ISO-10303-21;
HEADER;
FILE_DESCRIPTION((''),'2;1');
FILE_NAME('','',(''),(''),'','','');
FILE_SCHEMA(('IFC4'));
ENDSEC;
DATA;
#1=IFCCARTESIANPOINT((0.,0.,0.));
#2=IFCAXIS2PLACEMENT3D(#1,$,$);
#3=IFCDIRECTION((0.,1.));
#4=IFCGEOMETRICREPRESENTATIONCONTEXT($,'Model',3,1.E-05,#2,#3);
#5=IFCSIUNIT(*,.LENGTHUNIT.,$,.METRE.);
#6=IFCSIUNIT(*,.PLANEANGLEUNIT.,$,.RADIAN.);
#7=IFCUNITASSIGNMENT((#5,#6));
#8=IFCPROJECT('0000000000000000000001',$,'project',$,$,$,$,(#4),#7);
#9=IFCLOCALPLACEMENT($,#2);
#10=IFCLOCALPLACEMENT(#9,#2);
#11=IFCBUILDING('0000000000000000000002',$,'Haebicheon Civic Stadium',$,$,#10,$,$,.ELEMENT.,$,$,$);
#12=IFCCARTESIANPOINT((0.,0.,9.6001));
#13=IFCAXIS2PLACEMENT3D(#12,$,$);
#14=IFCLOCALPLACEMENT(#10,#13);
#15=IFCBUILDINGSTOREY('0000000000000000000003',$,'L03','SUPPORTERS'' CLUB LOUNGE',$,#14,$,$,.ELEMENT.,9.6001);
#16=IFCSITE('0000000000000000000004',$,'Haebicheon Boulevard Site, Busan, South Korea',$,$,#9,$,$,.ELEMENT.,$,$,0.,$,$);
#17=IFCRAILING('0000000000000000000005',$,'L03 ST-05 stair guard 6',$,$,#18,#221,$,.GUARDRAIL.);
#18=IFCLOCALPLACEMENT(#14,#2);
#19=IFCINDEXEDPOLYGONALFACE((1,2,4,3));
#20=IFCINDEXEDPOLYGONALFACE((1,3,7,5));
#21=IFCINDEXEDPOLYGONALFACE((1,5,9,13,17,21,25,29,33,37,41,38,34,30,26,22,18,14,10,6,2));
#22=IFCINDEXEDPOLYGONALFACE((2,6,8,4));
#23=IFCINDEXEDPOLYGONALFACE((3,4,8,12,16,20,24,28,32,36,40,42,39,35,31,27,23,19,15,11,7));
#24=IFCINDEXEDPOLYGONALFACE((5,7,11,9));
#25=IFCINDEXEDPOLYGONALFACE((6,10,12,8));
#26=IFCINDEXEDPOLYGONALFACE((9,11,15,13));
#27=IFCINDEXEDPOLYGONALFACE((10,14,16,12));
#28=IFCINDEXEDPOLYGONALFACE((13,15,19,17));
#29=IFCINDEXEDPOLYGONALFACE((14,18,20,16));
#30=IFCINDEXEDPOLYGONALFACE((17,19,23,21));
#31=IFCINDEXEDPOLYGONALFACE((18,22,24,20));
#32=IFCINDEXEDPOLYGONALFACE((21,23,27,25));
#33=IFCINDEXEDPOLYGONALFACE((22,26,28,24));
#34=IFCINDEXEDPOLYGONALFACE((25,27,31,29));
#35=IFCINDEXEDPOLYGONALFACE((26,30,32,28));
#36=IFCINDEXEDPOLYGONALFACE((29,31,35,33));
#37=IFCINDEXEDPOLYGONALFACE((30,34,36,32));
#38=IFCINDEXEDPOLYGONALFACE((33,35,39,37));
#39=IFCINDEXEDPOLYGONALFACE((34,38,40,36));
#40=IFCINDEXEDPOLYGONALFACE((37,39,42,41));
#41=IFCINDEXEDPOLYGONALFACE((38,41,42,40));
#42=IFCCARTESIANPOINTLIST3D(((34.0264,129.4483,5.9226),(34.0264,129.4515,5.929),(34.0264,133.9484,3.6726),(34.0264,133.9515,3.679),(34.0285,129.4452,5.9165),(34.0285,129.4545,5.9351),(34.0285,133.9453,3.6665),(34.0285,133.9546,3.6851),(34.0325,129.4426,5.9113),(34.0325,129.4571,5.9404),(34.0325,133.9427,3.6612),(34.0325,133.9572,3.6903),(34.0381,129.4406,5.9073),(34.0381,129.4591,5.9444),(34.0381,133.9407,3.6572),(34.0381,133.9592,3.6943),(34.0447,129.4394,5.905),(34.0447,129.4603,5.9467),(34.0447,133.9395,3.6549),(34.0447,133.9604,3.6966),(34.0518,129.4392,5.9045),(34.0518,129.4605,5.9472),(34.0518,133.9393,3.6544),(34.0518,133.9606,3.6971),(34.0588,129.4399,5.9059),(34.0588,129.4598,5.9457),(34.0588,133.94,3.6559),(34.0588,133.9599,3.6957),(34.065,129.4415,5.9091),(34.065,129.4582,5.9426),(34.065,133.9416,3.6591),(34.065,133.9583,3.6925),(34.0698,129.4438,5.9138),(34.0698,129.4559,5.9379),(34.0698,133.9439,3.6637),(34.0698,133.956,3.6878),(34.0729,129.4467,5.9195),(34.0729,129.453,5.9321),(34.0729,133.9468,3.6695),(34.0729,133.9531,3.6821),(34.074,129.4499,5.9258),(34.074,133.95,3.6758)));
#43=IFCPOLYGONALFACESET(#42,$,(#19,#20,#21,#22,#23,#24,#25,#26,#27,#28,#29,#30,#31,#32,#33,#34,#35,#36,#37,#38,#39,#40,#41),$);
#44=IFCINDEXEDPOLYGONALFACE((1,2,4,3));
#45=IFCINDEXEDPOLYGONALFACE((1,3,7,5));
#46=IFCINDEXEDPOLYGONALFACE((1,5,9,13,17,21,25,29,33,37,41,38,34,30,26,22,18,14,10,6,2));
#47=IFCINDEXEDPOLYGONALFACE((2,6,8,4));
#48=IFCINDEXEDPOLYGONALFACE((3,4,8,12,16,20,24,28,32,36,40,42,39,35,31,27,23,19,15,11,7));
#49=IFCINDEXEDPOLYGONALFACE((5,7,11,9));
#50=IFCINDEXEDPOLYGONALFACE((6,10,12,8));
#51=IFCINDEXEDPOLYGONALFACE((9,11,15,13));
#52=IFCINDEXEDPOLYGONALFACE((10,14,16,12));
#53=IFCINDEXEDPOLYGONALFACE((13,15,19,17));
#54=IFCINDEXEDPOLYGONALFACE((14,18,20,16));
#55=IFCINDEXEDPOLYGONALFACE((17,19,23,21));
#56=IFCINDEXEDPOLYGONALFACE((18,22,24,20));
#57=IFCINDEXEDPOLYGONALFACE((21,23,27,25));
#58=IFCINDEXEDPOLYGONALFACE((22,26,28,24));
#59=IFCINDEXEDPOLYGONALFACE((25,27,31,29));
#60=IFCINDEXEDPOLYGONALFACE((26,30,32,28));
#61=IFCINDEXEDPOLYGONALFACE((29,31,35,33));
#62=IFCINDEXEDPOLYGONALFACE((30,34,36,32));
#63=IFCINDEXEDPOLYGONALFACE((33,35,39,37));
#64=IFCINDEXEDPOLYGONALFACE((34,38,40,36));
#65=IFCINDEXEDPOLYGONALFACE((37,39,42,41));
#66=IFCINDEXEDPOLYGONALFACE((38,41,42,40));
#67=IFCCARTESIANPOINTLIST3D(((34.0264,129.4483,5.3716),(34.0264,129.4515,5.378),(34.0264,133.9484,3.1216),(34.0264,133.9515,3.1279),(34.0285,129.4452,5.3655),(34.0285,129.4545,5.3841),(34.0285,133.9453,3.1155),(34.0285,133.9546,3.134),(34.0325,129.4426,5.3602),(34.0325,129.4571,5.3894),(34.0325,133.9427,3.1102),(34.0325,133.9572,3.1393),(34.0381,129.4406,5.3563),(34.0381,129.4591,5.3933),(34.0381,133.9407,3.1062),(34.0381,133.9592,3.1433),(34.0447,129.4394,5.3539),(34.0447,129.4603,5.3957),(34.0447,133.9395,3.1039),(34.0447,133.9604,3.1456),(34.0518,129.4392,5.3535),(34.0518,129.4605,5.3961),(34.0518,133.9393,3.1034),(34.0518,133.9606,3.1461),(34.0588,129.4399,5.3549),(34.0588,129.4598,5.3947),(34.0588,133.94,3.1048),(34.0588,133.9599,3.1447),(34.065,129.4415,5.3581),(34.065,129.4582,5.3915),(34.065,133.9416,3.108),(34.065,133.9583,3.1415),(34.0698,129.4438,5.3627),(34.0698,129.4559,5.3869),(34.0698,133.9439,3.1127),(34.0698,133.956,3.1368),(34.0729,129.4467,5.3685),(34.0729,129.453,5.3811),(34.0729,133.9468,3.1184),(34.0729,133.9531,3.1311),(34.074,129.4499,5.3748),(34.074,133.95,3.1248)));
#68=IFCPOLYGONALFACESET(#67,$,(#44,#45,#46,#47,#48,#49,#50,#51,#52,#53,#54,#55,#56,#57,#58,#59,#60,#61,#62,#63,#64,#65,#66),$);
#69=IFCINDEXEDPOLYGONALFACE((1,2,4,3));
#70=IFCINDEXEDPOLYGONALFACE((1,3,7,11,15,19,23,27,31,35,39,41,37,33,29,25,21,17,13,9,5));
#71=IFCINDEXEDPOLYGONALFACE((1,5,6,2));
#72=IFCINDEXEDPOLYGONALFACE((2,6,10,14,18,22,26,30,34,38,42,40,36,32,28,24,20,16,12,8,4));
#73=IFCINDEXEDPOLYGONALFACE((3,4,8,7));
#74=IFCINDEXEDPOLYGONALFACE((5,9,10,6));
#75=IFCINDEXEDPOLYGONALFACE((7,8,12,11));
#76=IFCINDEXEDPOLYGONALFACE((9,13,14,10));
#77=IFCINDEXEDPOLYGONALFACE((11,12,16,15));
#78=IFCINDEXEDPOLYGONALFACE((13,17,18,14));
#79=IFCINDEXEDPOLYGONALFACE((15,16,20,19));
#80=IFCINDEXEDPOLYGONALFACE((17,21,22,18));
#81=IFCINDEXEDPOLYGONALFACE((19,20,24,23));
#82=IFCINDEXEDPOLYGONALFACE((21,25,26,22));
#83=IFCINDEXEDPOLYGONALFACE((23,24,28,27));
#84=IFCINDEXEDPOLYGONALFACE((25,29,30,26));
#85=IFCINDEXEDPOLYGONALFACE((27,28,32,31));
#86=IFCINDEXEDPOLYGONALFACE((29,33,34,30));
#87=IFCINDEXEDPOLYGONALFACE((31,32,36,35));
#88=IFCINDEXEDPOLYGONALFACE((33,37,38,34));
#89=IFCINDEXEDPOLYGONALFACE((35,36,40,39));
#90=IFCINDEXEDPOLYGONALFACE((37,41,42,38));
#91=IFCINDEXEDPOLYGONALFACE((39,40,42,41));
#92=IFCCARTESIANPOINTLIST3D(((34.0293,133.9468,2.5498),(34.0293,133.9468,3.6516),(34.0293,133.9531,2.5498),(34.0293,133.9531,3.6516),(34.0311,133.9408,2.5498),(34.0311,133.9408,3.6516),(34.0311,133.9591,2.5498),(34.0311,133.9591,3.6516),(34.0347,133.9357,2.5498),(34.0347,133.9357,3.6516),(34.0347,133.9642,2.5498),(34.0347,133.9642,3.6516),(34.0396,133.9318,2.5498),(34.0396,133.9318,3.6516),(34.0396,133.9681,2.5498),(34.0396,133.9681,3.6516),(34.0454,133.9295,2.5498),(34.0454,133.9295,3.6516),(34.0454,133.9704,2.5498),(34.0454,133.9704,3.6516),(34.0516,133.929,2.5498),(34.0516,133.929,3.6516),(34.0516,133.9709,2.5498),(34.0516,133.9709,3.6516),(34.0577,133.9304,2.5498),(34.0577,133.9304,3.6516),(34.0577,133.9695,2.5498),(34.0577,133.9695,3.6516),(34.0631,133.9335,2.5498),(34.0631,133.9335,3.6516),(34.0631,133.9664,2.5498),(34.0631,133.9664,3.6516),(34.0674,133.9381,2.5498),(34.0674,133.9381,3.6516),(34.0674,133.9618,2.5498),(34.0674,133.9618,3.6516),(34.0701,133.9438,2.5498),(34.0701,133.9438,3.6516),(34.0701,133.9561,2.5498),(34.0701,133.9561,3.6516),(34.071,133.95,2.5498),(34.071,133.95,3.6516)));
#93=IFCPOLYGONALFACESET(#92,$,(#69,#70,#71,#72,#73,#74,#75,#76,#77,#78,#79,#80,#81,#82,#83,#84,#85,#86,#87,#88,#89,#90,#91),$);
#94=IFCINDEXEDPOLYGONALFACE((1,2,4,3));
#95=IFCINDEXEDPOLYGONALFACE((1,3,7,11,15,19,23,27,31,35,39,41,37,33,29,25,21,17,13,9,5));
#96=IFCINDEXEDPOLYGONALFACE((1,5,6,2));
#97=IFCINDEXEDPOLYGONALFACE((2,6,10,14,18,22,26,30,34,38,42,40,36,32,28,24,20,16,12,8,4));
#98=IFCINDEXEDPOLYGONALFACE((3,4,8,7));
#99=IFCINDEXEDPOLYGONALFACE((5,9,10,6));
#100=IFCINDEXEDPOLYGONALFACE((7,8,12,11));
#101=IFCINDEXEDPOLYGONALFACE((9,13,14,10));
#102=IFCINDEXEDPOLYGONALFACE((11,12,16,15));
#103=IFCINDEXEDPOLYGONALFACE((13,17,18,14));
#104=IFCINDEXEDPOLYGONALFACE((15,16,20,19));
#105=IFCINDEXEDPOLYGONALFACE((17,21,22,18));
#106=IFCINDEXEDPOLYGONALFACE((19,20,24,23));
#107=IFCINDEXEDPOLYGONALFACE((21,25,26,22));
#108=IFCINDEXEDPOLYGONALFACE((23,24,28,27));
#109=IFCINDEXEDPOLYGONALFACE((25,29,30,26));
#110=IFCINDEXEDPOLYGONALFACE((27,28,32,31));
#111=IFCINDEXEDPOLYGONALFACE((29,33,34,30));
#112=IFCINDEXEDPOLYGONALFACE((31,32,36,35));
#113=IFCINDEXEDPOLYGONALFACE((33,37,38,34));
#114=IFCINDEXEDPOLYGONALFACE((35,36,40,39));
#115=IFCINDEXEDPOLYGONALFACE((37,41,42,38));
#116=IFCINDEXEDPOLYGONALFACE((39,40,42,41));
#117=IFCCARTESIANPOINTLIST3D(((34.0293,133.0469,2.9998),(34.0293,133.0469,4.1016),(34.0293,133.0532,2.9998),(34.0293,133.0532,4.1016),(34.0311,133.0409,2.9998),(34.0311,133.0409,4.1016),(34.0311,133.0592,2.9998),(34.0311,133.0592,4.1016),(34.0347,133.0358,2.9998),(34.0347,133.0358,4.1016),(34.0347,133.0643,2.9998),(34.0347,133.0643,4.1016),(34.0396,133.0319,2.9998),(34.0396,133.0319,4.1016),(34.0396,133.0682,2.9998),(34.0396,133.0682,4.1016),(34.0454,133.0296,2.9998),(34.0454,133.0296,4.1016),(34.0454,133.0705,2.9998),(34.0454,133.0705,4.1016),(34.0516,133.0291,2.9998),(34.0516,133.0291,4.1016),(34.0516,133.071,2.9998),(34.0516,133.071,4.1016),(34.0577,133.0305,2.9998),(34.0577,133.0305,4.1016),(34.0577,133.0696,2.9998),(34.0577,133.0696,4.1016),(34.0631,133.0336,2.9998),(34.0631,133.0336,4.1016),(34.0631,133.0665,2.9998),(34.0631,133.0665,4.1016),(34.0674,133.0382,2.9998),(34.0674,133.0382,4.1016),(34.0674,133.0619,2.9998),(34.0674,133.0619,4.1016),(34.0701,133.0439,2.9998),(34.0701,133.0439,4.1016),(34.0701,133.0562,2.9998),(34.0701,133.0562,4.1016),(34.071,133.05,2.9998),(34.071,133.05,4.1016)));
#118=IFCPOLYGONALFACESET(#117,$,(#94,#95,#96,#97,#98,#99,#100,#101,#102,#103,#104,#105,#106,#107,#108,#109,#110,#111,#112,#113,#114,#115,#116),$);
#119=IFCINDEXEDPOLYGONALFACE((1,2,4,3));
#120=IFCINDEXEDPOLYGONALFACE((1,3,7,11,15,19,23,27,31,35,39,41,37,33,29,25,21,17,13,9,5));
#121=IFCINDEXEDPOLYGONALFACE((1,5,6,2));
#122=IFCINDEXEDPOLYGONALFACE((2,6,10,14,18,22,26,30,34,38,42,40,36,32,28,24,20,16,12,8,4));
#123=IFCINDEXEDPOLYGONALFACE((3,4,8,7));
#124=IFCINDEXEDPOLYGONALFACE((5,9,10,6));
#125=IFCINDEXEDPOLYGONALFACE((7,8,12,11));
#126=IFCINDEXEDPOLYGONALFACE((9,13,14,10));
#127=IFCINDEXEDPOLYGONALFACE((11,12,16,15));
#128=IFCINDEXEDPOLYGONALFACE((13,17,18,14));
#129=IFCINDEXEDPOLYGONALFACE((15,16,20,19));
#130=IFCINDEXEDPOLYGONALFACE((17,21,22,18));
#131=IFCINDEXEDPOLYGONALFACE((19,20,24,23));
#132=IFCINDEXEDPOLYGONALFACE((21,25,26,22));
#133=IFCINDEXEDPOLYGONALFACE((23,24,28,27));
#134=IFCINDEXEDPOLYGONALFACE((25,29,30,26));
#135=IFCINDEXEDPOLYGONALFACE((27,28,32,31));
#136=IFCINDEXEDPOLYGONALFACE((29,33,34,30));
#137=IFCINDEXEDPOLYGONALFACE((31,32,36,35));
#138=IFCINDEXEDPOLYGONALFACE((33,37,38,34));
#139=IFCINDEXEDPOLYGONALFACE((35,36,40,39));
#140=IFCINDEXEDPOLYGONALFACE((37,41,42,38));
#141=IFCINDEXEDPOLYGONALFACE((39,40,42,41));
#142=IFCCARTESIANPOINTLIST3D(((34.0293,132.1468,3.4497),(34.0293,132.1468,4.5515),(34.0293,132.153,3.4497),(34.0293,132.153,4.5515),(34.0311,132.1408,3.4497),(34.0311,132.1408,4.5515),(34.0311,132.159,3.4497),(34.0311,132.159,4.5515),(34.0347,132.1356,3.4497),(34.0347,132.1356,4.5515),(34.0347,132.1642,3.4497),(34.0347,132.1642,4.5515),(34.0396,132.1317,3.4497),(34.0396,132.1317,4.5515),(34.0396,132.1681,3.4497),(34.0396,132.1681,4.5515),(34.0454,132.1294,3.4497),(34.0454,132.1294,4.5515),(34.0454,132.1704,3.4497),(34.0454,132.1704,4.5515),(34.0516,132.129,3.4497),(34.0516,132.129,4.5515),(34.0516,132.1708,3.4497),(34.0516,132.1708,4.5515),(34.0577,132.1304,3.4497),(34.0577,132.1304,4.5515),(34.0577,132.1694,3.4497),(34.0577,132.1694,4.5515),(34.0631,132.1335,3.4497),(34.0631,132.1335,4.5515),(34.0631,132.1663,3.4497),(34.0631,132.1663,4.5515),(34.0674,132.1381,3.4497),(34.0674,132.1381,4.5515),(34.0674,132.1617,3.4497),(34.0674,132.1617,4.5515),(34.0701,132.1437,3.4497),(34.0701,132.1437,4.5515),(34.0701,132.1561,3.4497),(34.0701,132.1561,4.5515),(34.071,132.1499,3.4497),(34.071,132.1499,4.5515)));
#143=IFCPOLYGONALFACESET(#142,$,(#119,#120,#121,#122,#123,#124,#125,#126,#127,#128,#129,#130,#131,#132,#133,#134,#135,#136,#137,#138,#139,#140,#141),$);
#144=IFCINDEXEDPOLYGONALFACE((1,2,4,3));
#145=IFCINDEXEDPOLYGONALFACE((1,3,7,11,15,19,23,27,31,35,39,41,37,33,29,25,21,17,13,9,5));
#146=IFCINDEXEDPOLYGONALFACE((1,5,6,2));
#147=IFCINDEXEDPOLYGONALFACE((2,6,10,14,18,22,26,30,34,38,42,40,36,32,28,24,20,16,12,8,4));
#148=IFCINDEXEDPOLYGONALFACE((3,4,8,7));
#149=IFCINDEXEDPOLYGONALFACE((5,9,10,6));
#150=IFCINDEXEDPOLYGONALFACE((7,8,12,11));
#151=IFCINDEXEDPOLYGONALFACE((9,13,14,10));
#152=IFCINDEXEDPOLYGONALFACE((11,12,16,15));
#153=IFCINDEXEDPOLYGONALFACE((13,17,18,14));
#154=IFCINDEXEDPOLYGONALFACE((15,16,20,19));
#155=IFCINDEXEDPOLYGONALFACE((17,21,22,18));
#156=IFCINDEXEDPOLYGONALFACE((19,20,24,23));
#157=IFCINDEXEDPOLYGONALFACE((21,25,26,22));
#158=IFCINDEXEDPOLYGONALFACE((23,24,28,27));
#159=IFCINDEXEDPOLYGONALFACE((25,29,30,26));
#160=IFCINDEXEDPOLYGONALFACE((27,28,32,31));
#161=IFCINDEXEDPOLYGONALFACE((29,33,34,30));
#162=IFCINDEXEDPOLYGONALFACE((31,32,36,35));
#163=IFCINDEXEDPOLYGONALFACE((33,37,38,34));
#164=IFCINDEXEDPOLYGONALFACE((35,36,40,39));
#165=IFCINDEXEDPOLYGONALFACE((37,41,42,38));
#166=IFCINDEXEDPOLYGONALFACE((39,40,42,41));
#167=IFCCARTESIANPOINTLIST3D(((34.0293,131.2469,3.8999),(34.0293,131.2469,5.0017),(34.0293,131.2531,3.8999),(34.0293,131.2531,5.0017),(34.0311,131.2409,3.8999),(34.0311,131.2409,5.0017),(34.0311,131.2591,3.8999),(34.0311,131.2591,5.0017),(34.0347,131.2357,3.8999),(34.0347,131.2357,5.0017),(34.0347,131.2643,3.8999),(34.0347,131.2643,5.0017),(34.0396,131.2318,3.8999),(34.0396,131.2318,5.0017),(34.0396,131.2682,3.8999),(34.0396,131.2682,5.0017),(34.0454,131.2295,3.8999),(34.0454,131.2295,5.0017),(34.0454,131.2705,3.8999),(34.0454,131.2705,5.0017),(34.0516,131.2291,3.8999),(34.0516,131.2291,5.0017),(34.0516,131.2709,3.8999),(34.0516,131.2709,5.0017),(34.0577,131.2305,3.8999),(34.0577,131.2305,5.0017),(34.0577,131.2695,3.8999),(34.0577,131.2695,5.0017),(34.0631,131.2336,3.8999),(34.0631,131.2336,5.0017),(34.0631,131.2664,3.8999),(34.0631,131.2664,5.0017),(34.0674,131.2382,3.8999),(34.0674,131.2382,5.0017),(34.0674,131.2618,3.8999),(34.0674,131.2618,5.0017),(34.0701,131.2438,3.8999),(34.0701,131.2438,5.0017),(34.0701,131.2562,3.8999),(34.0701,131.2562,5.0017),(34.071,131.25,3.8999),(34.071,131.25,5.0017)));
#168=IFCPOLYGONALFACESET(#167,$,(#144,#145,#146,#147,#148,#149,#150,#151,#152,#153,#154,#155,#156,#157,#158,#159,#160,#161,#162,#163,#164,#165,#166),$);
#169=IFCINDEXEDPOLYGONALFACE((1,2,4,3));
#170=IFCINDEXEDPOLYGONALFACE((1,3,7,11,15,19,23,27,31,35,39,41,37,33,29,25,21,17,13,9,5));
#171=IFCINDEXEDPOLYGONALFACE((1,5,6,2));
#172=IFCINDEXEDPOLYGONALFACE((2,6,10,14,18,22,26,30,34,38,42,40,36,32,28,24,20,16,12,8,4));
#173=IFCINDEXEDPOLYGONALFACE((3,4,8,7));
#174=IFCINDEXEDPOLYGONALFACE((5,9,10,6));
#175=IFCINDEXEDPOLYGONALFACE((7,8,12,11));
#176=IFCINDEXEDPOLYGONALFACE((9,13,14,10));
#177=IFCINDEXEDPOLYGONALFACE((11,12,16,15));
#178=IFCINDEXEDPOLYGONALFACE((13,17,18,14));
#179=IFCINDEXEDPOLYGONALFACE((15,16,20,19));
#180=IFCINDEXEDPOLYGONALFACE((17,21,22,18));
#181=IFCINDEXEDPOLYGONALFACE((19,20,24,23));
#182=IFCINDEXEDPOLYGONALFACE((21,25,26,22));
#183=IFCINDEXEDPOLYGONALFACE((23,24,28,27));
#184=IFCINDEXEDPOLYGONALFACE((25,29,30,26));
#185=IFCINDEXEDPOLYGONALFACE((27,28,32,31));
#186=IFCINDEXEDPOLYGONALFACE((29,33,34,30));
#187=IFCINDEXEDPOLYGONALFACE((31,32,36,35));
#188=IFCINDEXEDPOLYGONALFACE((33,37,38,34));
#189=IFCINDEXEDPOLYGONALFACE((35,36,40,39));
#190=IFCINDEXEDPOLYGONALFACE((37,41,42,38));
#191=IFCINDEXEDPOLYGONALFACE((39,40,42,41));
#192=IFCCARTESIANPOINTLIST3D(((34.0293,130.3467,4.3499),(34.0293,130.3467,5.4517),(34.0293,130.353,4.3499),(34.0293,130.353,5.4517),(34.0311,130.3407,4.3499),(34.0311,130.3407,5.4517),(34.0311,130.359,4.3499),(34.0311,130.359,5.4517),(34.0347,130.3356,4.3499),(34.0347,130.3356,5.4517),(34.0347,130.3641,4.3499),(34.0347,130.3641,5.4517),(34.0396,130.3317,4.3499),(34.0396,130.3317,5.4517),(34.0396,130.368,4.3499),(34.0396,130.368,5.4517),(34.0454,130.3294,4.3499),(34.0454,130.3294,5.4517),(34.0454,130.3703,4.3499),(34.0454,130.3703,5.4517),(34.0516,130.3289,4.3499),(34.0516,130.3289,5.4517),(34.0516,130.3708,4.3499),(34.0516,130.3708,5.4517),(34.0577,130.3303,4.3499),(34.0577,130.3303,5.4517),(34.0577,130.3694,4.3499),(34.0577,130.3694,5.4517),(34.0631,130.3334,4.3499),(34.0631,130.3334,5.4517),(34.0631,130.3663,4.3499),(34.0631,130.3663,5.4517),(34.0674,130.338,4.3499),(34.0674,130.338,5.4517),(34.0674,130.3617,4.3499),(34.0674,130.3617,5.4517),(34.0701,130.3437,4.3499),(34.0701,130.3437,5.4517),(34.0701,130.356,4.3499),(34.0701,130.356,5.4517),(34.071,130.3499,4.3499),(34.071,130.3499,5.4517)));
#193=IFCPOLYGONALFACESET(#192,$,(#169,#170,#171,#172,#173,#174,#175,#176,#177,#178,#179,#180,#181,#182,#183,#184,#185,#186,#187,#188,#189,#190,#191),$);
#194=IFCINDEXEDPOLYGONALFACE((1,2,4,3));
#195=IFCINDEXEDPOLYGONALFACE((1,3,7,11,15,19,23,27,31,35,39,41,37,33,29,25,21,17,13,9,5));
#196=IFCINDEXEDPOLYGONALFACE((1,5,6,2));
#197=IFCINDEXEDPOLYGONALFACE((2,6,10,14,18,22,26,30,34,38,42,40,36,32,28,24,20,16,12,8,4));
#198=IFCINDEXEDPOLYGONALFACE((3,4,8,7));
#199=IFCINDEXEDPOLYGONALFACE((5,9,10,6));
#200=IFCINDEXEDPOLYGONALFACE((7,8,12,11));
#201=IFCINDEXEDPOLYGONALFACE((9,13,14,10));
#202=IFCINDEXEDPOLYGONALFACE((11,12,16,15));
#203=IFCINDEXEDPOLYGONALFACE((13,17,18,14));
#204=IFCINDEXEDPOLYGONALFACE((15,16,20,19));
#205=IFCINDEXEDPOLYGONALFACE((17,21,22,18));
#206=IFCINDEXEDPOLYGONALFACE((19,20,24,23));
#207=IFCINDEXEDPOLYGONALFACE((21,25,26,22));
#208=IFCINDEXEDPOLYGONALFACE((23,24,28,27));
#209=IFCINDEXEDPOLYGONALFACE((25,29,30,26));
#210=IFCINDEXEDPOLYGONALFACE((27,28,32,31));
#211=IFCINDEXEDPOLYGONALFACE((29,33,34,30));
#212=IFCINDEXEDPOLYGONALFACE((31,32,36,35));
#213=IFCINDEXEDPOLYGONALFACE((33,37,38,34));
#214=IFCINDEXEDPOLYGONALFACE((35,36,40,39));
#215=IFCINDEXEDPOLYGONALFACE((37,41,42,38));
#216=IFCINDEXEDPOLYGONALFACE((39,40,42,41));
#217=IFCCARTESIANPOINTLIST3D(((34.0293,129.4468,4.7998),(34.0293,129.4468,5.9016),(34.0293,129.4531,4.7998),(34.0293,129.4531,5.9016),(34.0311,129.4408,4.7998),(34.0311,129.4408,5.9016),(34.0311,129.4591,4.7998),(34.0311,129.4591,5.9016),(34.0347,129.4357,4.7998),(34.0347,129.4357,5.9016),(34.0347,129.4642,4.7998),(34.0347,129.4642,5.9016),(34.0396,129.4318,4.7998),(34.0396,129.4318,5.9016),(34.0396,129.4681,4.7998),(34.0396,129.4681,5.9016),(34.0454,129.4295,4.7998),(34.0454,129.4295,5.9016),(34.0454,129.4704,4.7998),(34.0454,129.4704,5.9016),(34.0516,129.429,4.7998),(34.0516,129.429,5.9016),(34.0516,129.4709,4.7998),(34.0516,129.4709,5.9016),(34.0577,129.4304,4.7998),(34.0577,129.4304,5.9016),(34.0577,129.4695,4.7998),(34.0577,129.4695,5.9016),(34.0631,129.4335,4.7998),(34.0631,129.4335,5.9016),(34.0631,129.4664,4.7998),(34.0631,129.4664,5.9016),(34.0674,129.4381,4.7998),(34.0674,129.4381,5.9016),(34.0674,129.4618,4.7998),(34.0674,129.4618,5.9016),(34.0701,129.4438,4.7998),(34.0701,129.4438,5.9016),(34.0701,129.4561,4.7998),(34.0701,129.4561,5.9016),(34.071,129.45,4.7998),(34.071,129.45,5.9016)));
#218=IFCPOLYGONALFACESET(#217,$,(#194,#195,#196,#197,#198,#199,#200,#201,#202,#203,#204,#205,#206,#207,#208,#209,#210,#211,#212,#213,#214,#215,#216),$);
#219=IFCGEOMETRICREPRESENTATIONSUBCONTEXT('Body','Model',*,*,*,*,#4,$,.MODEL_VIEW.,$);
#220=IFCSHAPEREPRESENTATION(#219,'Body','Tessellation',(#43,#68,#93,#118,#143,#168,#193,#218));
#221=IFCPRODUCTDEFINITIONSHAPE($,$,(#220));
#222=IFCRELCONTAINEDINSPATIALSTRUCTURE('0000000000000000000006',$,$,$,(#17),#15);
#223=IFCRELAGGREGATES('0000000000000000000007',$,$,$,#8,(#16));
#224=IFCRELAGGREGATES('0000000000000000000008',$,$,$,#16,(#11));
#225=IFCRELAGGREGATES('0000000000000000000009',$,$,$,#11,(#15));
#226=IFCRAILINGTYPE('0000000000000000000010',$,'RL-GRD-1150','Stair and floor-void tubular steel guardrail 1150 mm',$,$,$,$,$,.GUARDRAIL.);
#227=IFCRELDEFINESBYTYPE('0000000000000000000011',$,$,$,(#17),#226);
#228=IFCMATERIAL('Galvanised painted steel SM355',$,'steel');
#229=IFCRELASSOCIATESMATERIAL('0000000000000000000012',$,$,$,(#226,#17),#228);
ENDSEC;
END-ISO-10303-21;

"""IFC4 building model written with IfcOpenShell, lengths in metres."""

from ifc_helpers import new_model, si_unit, direction, frame, origin, origin_2d, place, context, subcontext, project, spatial, circle, extrude, material, type_object, element, save


model = new_model("IFC4")

# Units and contexts
model_context = context("Model", 3, precision=1e-05, world=origin(), true_north=direction((0.0, 1.0)))
body_context = subcontext(model_context, "Body", "Model", "MODEL_VIEW")
ifc_project = project(units=[si_unit("LENGTHUNIT", "METRE"), si_unit("PLANEANGLEUNIT", "RADIAN")], contexts=[model_context])

# Site, building, storey
site_placement = place(None, origin())
site = spatial("IfcSite", under=ifc_project, at=site_placement, Name="Haebicheon Boulevard Site, Busan, South Korea", CompositionType="ELEMENT", RefElevation=0.0)
building_placement = place(site_placement, origin())
building = spatial("IfcBuilding", under=site, at=building_placement, Name="Haebicheon Civic Stadium", CompositionType="ELEMENT")
storey_placement = place(building_placement, frame((0.0, 0.0, 9.6001)))
storey = spatial("IfcBuildingStorey", under=building, at=storey_placement, Name="L03", Description="SUPPORTERS' CLUB LOUNGE", CompositionType="ELEMENT", Elevation=9.6001)

# Railing
ifc_material_1 = material(Name="Galvanised painted steel SM355", Category="steel")
railing_type_1 = type_object("IfcRailingType", Name="RL-GRD-1150", Description="Stair and floor-void tubular steel guardrail 1150 mm", PredefinedType="GUARDRAIL", material=ifc_material_1)
railing_1_placement = place(storey_placement, frame((34.05, 133.95, 2.5498)))
element("IfcRailing", 1, at=railing_1_placement, inside=storey, type_object=railing_type_1, material=ifc_material_1, Name="L03 ST-05 stair guard 6", PredefinedType="GUARDRAIL", context=body_context, shape_type="SweptSolid", body=[
    extrude(circle(Radius=0.0239, at=origin_2d()), frame((0.0, 0.0, 1.126), z_axis=(0.0, -0.894427, 0.447214), x_axis=(1.0, 0.0, 0.0)), (0.0, 0.0, 1.0), 5.0312),
    extrude(circle(Radius=0.0239, at=origin_2d()), frame((0.0, 0.0, 0.575), z_axis=(0.0, -0.894427, 0.447214), x_axis=(1.0, 0.0, 0.0)), (0.0, 0.0, 1.0), 5.0312),
    extrude(circle(Radius=0.021, at=origin_2d()), origin(), (0.0, 0.0, 1.0), 1.1018),
    extrude(circle(Radius=0.021, at=origin_2d()), frame((0.0, -0.8999, 0.45)), (0.0, 0.0, 1.0), 1.1018),
    extrude(circle(Radius=0.021, at=origin_2d()), frame((0.0, -1.8, 0.8999)), (0.0, 0.0, 1.0), 1.1018),
    extrude(circle(Radius=0.021, at=origin_2d()), frame((0.0, -2.7, 1.3501)), (0.0, 0.0, 1.0), 1.1018),
    extrude(circle(Radius=0.021, at=origin_2d()), frame((0.0, -3.6001, 1.8)), (0.0, 0.0, 1.0), 1.1018),
    extrude(circle(Radius=0.021, at=origin_2d()), frame((0.0, -4.5, 2.25)), (0.0, 0.0, 1.0), 1.1018),
])

save(model, "model.ifc")
